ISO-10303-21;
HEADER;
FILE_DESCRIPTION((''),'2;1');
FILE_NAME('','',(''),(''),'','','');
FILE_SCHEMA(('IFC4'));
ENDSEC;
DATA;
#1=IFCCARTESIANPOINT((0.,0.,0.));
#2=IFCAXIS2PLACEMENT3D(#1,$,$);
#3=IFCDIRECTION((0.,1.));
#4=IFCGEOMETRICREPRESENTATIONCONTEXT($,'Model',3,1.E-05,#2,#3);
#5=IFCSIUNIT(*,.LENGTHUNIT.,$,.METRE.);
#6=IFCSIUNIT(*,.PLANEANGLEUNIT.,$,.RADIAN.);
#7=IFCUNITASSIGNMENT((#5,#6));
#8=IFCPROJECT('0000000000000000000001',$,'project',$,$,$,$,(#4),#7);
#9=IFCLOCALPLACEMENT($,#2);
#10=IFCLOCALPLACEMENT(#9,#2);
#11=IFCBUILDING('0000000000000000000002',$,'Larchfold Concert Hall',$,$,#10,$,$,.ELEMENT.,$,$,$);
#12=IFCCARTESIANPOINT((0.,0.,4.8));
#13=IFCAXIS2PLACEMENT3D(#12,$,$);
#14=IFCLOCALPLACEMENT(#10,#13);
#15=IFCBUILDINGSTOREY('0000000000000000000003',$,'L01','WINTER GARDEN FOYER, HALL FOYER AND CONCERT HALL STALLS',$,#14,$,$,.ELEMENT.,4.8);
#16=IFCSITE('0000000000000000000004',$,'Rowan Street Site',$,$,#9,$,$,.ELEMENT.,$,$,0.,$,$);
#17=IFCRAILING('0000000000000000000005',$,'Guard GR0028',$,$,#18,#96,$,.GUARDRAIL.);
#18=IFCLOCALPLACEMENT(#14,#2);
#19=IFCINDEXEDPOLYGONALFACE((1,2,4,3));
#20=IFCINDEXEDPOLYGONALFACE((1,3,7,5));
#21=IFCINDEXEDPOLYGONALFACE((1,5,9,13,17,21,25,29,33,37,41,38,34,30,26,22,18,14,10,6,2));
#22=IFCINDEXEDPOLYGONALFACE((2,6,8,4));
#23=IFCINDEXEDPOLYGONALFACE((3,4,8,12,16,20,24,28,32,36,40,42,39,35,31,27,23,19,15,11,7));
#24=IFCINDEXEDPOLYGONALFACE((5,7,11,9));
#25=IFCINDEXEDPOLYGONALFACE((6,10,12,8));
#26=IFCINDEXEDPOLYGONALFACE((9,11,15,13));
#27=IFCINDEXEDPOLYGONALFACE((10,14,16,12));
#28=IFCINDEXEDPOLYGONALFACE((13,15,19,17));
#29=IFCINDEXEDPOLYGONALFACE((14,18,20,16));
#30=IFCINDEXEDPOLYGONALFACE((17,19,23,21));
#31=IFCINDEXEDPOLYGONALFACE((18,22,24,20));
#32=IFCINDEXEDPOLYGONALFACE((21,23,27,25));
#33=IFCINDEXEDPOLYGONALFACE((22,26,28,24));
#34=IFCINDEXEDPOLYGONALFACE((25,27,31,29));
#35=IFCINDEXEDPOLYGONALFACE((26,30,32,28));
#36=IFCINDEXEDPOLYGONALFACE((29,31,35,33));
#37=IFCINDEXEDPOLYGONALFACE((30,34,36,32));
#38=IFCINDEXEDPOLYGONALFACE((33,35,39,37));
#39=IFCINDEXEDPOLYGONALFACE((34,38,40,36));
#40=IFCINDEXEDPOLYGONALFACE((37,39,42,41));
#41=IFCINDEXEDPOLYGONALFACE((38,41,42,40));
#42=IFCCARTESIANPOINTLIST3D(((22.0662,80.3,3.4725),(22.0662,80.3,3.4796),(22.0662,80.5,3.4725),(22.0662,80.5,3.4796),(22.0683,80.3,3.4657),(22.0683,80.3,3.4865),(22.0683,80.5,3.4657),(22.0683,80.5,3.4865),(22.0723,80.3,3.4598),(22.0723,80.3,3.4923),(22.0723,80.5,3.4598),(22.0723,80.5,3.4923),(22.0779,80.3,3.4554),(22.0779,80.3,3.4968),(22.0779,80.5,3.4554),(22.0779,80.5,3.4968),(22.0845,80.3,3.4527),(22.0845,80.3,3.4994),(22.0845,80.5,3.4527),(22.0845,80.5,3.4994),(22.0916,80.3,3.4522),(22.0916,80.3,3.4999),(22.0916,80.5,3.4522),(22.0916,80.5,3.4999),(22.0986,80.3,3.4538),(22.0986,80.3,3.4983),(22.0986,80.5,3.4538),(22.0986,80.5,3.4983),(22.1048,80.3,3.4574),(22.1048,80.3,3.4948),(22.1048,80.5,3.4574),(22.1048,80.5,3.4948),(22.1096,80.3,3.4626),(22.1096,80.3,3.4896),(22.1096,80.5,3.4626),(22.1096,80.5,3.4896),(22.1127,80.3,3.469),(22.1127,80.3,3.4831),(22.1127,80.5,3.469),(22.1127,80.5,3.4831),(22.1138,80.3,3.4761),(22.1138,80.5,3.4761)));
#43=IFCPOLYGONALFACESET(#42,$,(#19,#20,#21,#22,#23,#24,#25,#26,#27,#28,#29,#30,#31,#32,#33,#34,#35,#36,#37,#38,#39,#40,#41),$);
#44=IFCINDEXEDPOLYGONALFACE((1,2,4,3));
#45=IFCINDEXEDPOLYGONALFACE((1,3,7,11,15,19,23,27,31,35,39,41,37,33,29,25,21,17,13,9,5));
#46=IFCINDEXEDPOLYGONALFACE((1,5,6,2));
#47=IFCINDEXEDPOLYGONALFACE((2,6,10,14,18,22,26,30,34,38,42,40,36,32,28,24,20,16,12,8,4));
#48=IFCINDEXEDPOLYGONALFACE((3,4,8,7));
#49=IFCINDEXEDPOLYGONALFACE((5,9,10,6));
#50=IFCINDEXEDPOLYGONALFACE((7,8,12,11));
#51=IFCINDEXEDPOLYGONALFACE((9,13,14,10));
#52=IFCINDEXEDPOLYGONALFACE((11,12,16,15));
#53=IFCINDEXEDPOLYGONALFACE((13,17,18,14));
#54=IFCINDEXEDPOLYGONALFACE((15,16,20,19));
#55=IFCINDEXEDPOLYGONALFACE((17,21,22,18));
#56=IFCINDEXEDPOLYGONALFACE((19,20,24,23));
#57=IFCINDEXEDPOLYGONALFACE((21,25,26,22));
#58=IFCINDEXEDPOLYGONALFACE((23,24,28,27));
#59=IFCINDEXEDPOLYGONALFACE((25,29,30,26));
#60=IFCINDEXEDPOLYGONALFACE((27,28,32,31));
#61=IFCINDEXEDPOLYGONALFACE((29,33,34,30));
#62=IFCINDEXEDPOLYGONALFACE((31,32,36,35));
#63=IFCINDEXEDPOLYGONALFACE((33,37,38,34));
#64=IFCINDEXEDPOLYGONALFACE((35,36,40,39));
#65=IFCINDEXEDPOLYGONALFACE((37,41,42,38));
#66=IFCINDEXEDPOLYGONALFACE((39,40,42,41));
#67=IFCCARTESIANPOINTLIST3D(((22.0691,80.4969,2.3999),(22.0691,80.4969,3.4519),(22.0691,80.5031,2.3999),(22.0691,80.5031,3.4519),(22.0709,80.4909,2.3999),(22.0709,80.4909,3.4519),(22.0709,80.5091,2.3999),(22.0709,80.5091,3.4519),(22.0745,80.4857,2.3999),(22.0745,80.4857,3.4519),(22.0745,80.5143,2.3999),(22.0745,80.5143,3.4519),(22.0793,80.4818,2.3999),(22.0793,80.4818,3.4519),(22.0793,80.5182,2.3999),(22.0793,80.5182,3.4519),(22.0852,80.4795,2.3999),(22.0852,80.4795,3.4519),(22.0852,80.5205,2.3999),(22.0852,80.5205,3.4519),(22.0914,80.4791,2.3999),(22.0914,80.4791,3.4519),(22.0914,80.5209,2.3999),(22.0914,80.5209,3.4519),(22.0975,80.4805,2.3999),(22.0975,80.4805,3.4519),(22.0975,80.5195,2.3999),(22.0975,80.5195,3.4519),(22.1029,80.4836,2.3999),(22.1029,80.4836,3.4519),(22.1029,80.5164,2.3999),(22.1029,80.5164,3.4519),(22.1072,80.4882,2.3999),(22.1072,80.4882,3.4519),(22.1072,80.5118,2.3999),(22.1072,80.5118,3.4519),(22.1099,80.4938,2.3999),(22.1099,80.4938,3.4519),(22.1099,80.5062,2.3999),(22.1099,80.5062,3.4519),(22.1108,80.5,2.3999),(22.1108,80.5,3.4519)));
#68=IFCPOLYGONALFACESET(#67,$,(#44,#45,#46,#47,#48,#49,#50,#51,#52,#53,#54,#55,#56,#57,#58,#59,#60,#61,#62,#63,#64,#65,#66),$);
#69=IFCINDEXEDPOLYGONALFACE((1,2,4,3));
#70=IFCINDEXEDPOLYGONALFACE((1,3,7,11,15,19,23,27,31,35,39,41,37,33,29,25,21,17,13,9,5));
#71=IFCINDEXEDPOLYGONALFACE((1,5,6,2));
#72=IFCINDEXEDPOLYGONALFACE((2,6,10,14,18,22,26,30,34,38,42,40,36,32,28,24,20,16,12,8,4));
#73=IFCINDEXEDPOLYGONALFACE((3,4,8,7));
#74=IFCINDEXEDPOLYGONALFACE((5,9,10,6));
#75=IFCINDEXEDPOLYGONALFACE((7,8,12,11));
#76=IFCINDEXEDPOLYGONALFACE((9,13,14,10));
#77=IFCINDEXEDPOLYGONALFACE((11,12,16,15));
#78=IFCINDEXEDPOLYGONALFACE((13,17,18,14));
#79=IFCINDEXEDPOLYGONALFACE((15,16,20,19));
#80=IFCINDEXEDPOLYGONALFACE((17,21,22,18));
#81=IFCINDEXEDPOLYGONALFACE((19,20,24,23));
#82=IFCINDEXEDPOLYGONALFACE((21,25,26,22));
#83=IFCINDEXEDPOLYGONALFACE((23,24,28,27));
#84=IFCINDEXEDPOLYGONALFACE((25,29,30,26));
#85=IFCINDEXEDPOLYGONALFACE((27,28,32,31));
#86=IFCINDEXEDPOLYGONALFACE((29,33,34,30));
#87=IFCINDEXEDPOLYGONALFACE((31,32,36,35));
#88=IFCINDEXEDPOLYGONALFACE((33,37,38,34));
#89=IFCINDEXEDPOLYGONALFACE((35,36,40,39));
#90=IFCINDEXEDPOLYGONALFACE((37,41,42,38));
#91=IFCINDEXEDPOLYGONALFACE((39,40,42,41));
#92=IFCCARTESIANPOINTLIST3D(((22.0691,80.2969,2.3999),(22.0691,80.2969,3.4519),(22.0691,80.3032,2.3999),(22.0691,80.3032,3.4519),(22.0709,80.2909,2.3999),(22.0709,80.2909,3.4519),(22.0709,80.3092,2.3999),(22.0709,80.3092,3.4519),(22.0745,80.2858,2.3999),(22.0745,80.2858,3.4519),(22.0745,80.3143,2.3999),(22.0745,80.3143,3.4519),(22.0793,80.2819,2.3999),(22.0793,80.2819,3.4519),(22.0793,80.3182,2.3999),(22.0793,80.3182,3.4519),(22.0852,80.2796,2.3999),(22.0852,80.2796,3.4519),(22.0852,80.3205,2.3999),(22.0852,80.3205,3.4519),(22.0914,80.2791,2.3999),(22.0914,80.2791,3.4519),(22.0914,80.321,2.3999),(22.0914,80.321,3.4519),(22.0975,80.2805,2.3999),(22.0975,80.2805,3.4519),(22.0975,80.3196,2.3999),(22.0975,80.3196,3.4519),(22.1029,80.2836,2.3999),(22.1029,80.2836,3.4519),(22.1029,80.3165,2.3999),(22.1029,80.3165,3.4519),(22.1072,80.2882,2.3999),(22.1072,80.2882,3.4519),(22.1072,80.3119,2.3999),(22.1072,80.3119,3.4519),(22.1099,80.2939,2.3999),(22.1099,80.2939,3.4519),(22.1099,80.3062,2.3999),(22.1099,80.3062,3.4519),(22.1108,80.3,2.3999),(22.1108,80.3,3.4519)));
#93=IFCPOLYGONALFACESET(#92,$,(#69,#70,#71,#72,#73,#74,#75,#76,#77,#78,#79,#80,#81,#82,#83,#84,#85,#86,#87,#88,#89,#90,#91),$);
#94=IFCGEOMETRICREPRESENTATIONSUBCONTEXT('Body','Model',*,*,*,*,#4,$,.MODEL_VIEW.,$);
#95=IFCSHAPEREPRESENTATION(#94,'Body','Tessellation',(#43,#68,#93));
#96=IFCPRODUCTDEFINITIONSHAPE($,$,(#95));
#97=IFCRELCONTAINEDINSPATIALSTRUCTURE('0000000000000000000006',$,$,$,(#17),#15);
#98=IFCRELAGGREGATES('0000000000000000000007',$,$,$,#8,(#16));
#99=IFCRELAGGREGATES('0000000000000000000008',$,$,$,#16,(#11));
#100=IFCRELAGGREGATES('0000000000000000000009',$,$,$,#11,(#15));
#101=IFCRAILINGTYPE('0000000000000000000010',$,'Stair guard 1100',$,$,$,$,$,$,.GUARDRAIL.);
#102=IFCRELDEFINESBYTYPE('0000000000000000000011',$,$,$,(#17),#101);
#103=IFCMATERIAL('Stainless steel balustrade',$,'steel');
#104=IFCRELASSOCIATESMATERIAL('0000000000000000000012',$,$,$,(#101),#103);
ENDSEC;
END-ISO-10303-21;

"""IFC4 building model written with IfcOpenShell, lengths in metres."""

from ifc_helpers import new_model, si_unit, direction, frame, origin, origin_2d, place, context, subcontext, project, spatial, circle, extrude, material, type_object, element, save


model = new_model("IFC4")

# Units and contexts
model_context = context("Model", 3, precision=1e-05, world=origin(), true_north=direction((0.0, 1.0)))
body_context = subcontext(model_context, "Body", "Model", "MODEL_VIEW")
ifc_project = project(units=[si_unit("LENGTHUNIT", "METRE"), si_unit("PLANEANGLEUNIT", "RADIAN")], contexts=[model_context])

# Site, building, storey
site_placement = place(None, origin())
site = spatial("IfcSite", under=ifc_project, at=site_placement, Name="Rowan Street Site", CompositionType="ELEMENT", RefElevation=0.0)
building_placement = place(site_placement, origin())
building = spatial("IfcBuilding", under=site, at=building_placement, Name="Larchfold Concert Hall", CompositionType="ELEMENT")
storey_placement = place(building_placement, frame((0.0, 0.0, 4.8)))
storey = spatial("IfcBuildingStorey", under=building, at=storey_placement, Name="L01", Description="WINTER GARDEN FOYER, HALL FOYER AND CONCERT HALL STALLS", CompositionType="ELEMENT", Elevation=4.8)

# Railing
ifc_material_1 = material(Name="Stainless steel balustrade", Category="steel")
railing_type_1 = type_object("IfcRailingType", Name="Stair guard 1100", PredefinedType="GUARDRAIL", material=ifc_material_1)
railing_1_placement = place(storey_placement, frame((22.0898, 80.5, 2.3999)))
element("IfcRailing", 1, at=railing_1_placement, inside=storey, type_object=railing_type_1, Name="Guard GR0028", PredefinedType="GUARDRAIL", context=body_context, shape_type="SweptSolid", body=[
    extrude(circle(Radius=0.0239, at=origin_2d()), frame((0.0, 0.0, 1.0762), z_axis=(0.0, -1.0, 0.0), x_axis=(1.0, 0.0, 0.0)), (0.0, 0.0, 1.0), 0.2),
    extrude(circle(Radius=0.021, at=origin_2d()), origin(), (0.0, 0.0, 1.0), 1.052),
    extrude(circle(Radius=0.021, at=origin_2d()), frame((0.0, -0.2, 0.0)), (0.0, 0.0, 1.0), 1.052),
])

save(model, "model.ifc")
